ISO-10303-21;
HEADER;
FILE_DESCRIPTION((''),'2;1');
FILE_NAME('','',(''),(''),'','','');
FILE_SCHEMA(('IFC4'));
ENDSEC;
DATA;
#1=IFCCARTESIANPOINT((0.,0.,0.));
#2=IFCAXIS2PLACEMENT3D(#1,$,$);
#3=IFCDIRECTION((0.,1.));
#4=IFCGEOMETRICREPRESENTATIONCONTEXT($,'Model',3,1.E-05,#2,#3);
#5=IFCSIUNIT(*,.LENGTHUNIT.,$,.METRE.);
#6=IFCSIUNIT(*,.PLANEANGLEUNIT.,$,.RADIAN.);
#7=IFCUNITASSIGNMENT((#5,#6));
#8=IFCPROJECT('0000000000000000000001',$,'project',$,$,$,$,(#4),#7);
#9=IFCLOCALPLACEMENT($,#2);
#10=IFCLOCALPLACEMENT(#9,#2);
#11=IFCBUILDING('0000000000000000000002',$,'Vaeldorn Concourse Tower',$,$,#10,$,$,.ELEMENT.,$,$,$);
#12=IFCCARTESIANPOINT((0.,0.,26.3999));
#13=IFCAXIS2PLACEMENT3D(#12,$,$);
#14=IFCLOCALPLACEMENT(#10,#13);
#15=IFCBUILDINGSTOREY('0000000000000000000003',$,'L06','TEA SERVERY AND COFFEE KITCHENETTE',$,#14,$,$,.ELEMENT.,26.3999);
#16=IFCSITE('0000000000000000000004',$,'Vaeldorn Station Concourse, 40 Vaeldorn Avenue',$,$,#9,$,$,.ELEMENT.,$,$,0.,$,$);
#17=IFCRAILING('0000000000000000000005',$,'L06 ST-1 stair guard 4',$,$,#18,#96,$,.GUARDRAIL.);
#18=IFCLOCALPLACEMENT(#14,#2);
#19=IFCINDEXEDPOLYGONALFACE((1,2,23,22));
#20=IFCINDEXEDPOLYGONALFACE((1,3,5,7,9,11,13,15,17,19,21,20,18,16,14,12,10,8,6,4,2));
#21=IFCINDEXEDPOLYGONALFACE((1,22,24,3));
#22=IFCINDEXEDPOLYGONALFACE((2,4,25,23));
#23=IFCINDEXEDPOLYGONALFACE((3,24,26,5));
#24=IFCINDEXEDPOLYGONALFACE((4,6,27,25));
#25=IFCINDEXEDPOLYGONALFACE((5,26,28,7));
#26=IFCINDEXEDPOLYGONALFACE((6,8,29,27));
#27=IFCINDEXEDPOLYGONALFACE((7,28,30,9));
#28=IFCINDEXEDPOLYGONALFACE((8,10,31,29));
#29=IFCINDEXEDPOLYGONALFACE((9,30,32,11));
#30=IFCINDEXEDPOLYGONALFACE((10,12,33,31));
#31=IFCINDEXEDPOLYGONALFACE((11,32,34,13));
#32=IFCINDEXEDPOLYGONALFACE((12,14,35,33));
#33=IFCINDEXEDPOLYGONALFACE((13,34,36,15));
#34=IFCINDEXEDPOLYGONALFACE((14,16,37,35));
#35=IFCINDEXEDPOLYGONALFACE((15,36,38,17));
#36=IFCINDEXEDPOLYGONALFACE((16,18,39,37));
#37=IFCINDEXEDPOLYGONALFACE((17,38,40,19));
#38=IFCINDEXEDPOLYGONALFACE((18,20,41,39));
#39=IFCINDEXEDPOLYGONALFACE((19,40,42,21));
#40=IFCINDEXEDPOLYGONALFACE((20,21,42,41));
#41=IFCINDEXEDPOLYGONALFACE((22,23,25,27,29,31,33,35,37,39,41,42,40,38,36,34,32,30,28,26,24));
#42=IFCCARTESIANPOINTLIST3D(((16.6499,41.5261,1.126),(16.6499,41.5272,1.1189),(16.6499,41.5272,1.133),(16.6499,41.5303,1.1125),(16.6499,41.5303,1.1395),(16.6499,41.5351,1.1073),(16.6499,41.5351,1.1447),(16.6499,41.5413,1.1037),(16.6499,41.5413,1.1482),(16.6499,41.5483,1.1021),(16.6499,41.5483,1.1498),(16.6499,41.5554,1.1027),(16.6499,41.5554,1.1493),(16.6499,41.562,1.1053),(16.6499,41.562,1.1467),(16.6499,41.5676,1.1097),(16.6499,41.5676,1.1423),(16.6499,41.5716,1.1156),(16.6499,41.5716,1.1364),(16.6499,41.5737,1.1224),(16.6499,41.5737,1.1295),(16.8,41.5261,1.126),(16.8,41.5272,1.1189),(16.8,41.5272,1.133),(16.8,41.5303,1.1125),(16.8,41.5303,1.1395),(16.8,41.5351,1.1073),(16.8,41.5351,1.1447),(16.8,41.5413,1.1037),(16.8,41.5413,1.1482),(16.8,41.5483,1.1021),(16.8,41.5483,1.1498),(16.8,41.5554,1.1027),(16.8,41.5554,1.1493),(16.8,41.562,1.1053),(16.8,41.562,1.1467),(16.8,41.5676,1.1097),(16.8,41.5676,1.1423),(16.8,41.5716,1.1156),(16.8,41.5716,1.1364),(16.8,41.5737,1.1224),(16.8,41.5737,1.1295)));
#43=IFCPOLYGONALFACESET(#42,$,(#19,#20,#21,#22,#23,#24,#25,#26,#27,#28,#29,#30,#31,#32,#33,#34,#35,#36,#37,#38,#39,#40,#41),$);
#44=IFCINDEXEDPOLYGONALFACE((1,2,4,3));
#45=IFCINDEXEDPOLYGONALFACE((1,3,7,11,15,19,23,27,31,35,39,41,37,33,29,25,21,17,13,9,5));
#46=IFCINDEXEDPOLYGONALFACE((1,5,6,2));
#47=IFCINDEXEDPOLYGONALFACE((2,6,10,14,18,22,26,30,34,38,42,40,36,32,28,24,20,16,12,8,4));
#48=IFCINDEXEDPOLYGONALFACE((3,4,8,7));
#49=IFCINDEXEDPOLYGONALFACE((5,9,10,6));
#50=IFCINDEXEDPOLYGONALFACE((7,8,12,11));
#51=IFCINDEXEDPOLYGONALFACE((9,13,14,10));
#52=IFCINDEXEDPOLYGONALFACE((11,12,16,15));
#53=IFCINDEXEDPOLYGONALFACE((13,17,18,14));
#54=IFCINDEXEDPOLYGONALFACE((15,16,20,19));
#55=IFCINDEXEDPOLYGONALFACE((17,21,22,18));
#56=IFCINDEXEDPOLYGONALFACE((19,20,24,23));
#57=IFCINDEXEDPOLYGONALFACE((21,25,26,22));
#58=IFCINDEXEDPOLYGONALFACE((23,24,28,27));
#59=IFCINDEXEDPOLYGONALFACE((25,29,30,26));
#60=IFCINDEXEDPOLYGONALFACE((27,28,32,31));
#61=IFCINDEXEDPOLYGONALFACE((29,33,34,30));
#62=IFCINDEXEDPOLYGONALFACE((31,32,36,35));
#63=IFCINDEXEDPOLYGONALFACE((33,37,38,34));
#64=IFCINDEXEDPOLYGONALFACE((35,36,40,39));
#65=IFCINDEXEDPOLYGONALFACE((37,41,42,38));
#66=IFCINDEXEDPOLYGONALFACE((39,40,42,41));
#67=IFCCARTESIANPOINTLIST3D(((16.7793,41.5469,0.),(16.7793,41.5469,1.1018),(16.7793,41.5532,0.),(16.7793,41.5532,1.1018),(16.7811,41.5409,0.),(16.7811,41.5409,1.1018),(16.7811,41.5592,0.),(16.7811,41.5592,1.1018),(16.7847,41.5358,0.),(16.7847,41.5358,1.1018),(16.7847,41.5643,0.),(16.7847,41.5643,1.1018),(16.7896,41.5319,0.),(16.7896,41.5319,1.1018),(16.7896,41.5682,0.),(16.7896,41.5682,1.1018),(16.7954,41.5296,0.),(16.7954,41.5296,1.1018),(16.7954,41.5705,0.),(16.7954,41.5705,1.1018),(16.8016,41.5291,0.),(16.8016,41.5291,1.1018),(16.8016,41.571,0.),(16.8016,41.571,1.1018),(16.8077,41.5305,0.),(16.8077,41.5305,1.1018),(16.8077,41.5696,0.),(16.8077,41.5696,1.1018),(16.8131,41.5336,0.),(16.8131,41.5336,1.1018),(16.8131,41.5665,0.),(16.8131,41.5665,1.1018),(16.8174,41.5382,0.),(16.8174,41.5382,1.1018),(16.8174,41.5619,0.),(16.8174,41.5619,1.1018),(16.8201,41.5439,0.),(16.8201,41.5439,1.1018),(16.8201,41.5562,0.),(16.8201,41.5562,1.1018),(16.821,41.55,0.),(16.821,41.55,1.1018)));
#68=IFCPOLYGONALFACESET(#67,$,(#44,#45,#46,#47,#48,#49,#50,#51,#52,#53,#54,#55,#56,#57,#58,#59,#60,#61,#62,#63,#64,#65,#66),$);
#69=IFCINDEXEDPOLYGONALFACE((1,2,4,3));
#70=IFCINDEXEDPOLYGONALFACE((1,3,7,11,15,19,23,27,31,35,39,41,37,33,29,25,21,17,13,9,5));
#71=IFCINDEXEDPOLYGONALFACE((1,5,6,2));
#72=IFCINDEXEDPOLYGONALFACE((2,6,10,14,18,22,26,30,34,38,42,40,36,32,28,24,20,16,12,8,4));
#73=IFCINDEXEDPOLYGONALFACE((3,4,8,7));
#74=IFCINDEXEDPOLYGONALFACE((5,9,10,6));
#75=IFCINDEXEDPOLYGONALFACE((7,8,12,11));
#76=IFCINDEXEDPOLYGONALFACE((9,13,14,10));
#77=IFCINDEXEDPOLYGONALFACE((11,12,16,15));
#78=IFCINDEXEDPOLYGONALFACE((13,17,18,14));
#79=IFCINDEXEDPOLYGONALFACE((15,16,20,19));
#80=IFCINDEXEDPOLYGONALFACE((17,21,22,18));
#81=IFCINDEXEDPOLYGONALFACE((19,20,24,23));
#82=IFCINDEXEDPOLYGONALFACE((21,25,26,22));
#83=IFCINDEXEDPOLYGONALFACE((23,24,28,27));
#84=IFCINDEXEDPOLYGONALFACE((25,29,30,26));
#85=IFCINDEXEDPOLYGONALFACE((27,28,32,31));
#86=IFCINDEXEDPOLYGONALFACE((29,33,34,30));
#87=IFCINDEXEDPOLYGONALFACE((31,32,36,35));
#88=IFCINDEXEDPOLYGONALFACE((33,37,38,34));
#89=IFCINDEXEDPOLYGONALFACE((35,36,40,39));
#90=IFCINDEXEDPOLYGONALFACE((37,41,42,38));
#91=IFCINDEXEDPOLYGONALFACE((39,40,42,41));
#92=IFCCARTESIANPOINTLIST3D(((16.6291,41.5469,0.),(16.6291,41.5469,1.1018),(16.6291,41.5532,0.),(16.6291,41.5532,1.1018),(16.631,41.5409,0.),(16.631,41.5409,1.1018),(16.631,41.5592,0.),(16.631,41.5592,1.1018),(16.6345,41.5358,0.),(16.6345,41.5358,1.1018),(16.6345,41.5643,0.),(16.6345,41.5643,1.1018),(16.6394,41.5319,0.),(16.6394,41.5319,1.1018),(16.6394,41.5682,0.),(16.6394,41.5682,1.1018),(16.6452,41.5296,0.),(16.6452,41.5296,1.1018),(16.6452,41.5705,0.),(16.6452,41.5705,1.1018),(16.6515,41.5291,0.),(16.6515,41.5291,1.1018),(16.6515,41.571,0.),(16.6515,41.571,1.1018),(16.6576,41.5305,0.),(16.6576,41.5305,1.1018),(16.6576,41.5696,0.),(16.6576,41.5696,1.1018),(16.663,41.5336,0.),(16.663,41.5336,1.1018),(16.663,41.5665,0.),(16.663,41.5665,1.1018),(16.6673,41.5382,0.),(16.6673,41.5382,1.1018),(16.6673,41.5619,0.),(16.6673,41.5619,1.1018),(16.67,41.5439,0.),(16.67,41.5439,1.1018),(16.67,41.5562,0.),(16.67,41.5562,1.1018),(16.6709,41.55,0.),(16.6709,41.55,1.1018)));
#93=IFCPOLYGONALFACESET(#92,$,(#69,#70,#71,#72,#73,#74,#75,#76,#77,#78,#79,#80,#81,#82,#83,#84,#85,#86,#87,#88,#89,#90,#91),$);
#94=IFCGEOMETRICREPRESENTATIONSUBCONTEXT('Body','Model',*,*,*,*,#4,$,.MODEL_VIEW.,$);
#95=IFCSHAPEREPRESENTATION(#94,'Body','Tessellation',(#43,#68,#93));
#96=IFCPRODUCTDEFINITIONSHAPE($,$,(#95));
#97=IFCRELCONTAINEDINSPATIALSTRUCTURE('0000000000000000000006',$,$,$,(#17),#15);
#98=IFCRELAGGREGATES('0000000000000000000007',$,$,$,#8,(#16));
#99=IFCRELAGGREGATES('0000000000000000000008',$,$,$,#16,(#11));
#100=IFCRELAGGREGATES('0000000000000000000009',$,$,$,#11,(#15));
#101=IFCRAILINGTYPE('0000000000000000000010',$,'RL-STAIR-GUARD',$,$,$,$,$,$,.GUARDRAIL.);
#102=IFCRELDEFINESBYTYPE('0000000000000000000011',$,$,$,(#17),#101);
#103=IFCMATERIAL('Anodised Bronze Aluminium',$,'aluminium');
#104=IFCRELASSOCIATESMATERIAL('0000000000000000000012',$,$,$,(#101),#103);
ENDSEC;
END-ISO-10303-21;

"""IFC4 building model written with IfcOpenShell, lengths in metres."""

from ifc_helpers import new_model, si_unit, direction, frame, origin, origin_2d, place, context, subcontext, project, spatial, circle, extrude, material, type_object, element, save


model = new_model("IFC4")

# Units and contexts
model_context = context("Model", 3, precision=1e-05, world=origin(), true_north=direction((0.0, 1.0)))
body_context = subcontext(model_context, "Body", "Model", "MODEL_VIEW")
ifc_project = project(units=[si_unit("LENGTHUNIT", "METRE"), si_unit("PLANEANGLEUNIT", "RADIAN")], contexts=[model_context])

# Site, building, storey
site_placement = place(None, origin())
site = spatial("IfcSite", under=ifc_project, at=site_placement, Name="Vaeldorn Station Concourse, 40 Vaeldorn Avenue", CompositionType="ELEMENT", RefElevation=0.0)
building_placement = place(site_placement, origin())
building = spatial("IfcBuilding", under=site, at=building_placement, Name="Vaeldorn Concourse Tower", CompositionType="ELEMENT")
storey_placement = place(building_placement, frame((0.0, 0.0, 26.3999)))
storey = spatial("IfcBuildingStorey", under=building, at=storey_placement, Name="L06", Description="TEA SERVERY AND COFFEE KITCHENETTE", CompositionType="ELEMENT", Elevation=26.3999)

# Shared definitions
ifc_material_1 = material(Name="Anodised Bronze Aluminium", Category="aluminium")

# Railing
railing_type = type_object("IfcRailingType", Name="RL-STAIR-GUARD", PredefinedType="GUARDRAIL", material=ifc_material_1)
railing_1_placement = place(storey_placement, frame((16.8, 41.55, 0.0)))
element("IfcRailing", 1, at=railing_1_placement, inside=storey, type_object=railing_type, Name="L06 ST-1 stair guard 4", PredefinedType="GUARDRAIL", context=body_context, shape_type="SweptSolid", body=[
    extrude(circle(Radius=0.0239, at=origin_2d()), frame((0.0, 0.0, 1.126), z_axis=(-1.0, 0.0, 0.0), x_axis=(0.0, -1.0, 0.0)), (0.0, 0.0, 1.0), 0.1501),
    extrude(circle(Radius=0.021, at=origin_2d()), origin(), (0.0, 0.0, 1.0), 1.1018),
    extrude(circle(Radius=0.021, at=origin_2d()), frame((-0.1501, 0.0, 0.0)), (0.0, 0.0, 1.0), 1.1018),
])

save(model, "model.ifc")
